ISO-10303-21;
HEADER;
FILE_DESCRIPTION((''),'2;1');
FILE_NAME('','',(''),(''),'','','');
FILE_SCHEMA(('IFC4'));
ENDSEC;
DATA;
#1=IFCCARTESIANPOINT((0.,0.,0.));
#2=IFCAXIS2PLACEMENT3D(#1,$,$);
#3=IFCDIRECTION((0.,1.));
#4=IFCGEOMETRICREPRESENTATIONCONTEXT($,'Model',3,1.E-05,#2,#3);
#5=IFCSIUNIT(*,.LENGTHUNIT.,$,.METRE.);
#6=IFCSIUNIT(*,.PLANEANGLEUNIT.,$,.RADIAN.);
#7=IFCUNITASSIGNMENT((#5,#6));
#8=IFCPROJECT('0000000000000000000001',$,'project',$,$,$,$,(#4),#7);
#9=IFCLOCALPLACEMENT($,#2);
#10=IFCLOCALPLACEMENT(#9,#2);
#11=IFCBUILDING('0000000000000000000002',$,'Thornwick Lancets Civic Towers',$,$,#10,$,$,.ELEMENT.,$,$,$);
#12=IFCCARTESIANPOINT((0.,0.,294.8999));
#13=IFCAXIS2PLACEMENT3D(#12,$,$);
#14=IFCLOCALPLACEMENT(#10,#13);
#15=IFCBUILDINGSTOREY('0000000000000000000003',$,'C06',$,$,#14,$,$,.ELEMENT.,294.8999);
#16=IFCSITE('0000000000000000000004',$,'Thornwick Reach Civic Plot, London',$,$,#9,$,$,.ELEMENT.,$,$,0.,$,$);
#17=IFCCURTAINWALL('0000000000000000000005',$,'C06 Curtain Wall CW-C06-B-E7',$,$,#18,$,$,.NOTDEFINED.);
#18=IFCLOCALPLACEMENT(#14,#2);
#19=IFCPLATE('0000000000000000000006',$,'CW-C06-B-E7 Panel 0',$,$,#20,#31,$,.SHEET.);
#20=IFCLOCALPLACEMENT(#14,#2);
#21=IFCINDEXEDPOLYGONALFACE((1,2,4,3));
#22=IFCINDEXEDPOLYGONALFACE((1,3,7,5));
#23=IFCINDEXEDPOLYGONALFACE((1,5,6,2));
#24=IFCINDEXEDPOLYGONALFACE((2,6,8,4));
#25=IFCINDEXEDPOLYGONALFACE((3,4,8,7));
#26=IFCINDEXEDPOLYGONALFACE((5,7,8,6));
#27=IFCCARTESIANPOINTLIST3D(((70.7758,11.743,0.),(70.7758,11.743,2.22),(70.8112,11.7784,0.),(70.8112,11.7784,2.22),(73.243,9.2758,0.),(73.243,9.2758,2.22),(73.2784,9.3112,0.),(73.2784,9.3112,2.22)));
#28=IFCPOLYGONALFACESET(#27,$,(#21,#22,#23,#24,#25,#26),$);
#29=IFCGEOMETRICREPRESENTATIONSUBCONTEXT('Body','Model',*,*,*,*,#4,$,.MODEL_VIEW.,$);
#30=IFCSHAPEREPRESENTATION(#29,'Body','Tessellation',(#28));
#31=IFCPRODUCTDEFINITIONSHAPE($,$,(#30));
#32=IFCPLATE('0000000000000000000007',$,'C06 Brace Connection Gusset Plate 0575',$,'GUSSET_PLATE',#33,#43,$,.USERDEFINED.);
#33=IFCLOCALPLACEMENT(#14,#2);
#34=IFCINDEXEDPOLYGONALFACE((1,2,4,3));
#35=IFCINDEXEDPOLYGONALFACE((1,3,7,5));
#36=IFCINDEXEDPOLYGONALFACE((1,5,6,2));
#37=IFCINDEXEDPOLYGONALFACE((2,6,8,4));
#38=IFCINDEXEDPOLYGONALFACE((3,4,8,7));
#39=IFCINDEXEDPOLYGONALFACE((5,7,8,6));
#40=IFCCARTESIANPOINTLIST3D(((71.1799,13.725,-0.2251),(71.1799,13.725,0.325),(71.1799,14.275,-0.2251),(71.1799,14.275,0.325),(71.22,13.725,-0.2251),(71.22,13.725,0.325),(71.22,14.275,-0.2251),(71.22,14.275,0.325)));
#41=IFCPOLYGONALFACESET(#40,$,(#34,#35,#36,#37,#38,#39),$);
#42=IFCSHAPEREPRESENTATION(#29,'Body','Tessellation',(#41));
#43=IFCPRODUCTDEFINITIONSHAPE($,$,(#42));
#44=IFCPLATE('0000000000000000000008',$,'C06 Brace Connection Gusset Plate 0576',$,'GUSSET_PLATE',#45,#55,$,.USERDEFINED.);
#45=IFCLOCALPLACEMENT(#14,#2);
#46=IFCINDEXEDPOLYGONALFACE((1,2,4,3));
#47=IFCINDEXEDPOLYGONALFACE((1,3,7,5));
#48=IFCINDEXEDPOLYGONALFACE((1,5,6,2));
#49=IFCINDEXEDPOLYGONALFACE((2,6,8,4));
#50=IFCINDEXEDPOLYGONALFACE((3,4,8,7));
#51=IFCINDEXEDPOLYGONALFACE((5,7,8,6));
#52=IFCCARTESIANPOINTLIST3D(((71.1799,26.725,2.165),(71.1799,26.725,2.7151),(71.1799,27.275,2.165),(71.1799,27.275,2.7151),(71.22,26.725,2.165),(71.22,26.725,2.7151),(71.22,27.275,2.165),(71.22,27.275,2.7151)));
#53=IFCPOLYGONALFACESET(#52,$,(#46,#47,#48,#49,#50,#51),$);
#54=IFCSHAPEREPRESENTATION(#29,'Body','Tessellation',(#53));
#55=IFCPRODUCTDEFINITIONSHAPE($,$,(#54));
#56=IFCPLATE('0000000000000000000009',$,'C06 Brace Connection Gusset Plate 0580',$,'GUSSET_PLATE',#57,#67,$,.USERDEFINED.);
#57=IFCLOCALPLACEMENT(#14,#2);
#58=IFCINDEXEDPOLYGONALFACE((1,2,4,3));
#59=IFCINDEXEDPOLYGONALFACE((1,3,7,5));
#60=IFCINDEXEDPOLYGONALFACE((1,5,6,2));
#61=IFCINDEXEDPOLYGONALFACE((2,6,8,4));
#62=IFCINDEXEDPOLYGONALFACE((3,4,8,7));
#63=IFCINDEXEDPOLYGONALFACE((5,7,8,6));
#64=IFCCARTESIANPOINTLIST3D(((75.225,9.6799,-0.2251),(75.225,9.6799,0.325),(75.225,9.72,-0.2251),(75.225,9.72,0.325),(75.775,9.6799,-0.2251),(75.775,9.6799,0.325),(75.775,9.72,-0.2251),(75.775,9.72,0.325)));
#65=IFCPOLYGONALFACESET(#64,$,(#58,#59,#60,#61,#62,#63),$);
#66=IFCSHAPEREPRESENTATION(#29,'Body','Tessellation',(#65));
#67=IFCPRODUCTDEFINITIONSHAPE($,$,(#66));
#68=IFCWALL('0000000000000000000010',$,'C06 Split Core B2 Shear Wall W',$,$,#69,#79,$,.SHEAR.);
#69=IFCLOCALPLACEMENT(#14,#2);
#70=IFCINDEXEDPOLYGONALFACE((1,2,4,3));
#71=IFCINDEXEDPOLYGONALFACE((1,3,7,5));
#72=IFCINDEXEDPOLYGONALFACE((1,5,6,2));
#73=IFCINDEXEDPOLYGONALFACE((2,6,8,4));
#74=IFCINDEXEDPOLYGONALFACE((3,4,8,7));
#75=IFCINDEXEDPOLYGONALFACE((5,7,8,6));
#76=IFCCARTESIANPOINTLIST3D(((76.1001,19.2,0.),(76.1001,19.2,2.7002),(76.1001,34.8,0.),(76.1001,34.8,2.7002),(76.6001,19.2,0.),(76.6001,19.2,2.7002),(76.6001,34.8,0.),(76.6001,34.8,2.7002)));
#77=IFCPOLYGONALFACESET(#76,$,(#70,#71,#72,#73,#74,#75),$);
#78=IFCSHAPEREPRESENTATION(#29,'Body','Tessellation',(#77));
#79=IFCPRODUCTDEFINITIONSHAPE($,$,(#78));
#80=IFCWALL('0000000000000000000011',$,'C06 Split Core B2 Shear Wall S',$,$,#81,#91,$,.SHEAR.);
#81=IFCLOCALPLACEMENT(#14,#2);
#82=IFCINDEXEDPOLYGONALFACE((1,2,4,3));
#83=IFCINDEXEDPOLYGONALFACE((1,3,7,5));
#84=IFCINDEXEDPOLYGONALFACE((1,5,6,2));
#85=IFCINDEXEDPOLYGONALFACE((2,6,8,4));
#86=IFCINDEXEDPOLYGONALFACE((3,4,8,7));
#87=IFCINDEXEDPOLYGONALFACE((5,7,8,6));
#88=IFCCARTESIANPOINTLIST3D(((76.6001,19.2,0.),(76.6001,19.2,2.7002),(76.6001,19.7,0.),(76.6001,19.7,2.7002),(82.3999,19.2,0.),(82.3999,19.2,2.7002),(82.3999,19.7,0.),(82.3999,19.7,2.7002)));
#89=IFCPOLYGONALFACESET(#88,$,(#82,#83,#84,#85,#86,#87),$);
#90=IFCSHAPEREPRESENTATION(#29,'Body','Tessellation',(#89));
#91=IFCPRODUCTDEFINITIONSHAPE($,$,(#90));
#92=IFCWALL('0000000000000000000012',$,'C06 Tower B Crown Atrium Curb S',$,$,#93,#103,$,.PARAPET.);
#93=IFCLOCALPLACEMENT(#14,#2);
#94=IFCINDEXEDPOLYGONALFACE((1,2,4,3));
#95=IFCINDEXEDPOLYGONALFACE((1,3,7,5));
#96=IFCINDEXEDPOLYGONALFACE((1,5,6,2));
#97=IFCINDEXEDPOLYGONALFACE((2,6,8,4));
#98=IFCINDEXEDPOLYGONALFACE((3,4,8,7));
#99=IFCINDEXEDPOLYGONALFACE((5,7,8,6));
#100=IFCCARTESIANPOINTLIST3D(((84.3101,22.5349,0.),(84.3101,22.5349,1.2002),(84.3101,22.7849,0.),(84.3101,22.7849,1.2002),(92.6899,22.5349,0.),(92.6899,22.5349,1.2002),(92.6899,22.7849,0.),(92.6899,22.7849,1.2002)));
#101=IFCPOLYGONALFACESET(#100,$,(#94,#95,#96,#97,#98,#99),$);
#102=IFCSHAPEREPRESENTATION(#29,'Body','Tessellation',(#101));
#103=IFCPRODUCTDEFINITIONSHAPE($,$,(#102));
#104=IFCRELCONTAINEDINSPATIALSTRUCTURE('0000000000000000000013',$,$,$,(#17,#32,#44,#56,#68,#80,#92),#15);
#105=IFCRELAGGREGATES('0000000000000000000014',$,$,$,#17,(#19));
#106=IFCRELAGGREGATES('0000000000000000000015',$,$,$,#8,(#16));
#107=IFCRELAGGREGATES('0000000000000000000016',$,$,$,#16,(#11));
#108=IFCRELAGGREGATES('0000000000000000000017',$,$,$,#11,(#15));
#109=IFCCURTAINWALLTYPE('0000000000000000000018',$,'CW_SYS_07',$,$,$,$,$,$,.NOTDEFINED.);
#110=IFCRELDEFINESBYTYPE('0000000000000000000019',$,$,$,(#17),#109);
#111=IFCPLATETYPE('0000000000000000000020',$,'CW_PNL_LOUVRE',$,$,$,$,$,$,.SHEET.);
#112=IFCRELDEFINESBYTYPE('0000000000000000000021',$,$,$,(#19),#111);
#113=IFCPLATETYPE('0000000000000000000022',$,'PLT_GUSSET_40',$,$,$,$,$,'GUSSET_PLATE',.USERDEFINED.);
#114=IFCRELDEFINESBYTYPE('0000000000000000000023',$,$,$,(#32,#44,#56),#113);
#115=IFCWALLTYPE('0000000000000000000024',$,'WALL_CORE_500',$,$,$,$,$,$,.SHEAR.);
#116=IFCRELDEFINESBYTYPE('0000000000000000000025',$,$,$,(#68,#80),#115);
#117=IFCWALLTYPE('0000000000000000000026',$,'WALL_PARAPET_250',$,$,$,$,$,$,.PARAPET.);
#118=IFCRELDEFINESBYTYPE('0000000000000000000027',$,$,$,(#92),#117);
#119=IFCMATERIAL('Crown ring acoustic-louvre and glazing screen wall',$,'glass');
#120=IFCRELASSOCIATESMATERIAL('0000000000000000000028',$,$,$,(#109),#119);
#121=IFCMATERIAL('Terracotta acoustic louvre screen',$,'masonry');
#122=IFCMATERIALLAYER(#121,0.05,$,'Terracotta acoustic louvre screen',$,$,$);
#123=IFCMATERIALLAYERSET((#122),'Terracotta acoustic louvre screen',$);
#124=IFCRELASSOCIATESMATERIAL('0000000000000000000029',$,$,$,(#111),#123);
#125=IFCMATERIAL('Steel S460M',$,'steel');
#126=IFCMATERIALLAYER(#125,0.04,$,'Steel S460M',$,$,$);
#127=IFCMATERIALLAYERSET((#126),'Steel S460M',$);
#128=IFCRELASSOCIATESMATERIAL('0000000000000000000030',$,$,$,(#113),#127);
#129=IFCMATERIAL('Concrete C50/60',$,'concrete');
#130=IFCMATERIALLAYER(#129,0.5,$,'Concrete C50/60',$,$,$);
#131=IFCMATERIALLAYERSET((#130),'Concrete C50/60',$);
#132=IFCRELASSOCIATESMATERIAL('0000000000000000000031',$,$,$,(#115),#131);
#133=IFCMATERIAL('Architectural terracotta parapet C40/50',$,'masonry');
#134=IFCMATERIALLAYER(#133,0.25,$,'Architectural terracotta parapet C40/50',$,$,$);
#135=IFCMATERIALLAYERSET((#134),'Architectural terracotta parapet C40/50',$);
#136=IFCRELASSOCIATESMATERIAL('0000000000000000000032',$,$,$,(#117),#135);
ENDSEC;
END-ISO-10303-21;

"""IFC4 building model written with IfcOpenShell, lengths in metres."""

from ifc_helpers import new_model, si_unit, direction, frame, frame_2d, origin, origin_2d, place, context, subcontext, project, spatial, rectangle, extrude, material, layer, layer_set, type_object, element, aggregate, save


model = new_model("IFC4")

# Units and contexts
model_context = context("Model", 3, precision=1e-05, world=origin(), true_north=direction((0.0, 1.0)))
body_context = subcontext(model_context, "Body", "Model", "MODEL_VIEW")
ifc_project = project(units=[si_unit("LENGTHUNIT", "METRE"), si_unit("PLANEANGLEUNIT", "RADIAN")], contexts=[model_context])

# Site, building, storey
site_placement = place(None, origin())
site = spatial("IfcSite", under=ifc_project, at=site_placement, Name="Thornwick Reach Civic Plot, London", CompositionType="ELEMENT", RefElevation=0.0)
building_placement = place(site_placement, origin())
building = spatial("IfcBuilding", under=site, at=building_placement, Name="Thornwick Lancets Civic Towers", CompositionType="ELEMENT")
storey_placement = place(building_placement, frame((0.0, 0.0, 294.8999)))
storey = spatial("IfcBuildingStorey", under=building, at=storey_placement, Name="C06", CompositionType="ELEMENT", Elevation=294.8999)

# Curtain wall
ifc_material_1 = material(Name="Crown ring acoustic-louvre and glazing screen wall", Category="glass")
curtain_wall_type = type_object("IfcCurtainWallType", Name="CW_SYS_07", PredefinedType="NOTDEFINED", material=ifc_material_1)
curtain_wall_1_placement = place(storey_placement, origin())
curtain_wall_1 = element("IfcCurtainWall", 1, at=curtain_wall_1_placement, inside=storey, type_object=curtain_wall_type, Name="C06 Curtain Wall CW-C06-B-E7", PredefinedType="NOTDEFINED")

# Plate
ifc_material_2 = material(Name="Terracotta acoustic louvre screen", Category="masonry")
ifc_layer_1 = layer(ifc_material_2, 0.05, Name="Terracotta acoustic louvre screen")
ifc_layer_set_1 = layer_set([ifc_layer_1], Name="Terracotta acoustic louvre screen")
plate_type_1 = type_object("IfcPlateType", Name="CW_PNL_LOUVRE", PredefinedType="SHEET", material=ifc_layer_set_1)
plate_1_placement = place(storey_placement, frame((72.0271, 10.5271, 0.0), z_axis=(0.0, 0.0, 1.0), x_axis=(0.707107, -0.707107, 0.0)))
plate_1 = element("IfcPlate", 2, at=plate_1_placement, type_object=plate_type_1, Name="CW-C06-B-E7 Panel 0", PredefinedType="SHEET", context=body_context, shape_type="SweptSolid", body=[
    extrude(rectangle(XDim=3.4893, YDim=0.05, at=origin_2d()), origin(), (0.0, 0.0, 1.0), 2.22),
])
aggregate(curtain_wall_1, [plate_1])

# Plates
ifc_material_3 = material(Name="Steel S460M", Category="steel")
ifc_layer_2 = layer(ifc_material_3, 0.04, Name="Steel S460M")
ifc_layer_set_2 = layer_set([ifc_layer_2], Name="Steel S460M")
plate_type_2 = type_object("IfcPlateType", Name="PLT_GUSSET_40", ElementType="GUSSET_PLATE", PredefinedType="USERDEFINED", material=ifc_layer_set_2)
for number, where, z_axis, x_axis, name in (
    (3, (71.2, 14.0, -0.2251), (0.0, 0.0, 1.0), (0.0, 1.0, 0.0), "C06 Brace Connection Gusset Plate 0575"),
    (4, (71.2, 27.0, 2.165), (0.0, 0.0, 1.0), (0.0, 1.0, 0.0), "C06 Brace Connection Gusset Plate 0576"),
    (5, (75.5, 9.7, -0.2251), (0.0, 0.0, 1.0), (1.0, 0.0, 0.0), "C06 Brace Connection Gusset Plate 0580"),
):
    element("IfcPlate", number, at=place(storey_placement, frame(where, z_axis=z_axis, x_axis=x_axis)), inside=storey, type_object=plate_type_2, Name=name, ObjectType="GUSSET_PLATE", PredefinedType="USERDEFINED", context=body_context, shape_type="SweptSolid", body=[
        extrude(rectangle(XDim=0.55, YDim=0.04, at=origin_2d()), origin(), (0.0, 0.0, 1.0), 0.55),
    ])

# Walls
ifc_material_4 = material(Name="Concrete C50/60", Category="concrete")
ifc_layer_3 = layer(ifc_material_4, 0.5, Name="Concrete C50/60")
ifc_layer_set_3 = layer_set([ifc_layer_3], Name="Concrete C50/60")
wall_type_1 = type_object("IfcWallType", Name="WALL_CORE_500", PredefinedType="SHEAR", material=ifc_layer_set_3)
wall_1_placement = place(storey_placement, frame((76.3501, 19.2, 0.0), z_axis=(0.0, 0.0, 1.0), x_axis=(0.0, 1.0, 0.0)))
element("IfcWall", 6, at=wall_1_placement, inside=storey, type_object=wall_type_1, Name="C06 Split Core B2 Shear Wall W", PredefinedType="SHEAR", context=body_context, shape_type="SweptSolid", body=[
    extrude(rectangle(XDim=15.6001, YDim=0.5, at=frame_2d((7.8, 0.0))), origin(), (0.0, 0.0, 1.0), 2.7002),
])
wall_2_placement = place(storey_placement, frame((76.6001, 19.45, 0.0), z_axis=(0.0, 0.0, 1.0), x_axis=(1.0, 0.0, 0.0)))
element("IfcWall", 7, at=wall_2_placement, inside=storey, type_object=wall_type_1, Name="C06 Split Core B2 Shear Wall S", PredefinedType="SHEAR", context=body_context, shape_type="SweptSolid", body=[
    extrude(rectangle(XDim=5.7998, YDim=0.5, at=frame_2d((2.8999, 0.0))), origin(), (0.0, 0.0, 1.0), 2.7002),
])
ifc_material_5 = material(Name="Architectural terracotta parapet C40/50", Category="masonry")
ifc_layer_4 = layer(ifc_material_5, 0.25, Name="Architectural terracotta parapet C40/50")
ifc_layer_set_4 = layer_set([ifc_layer_4], Name="Architectural terracotta parapet C40/50")
wall_type_2 = type_object("IfcWallType", Name="WALL_PARAPET_250", PredefinedType="PARAPET", material=ifc_layer_set_4)
wall_3_placement = place(storey_placement, frame((84.3101, 22.6599, 0.0), z_axis=(0.0, 0.0, 1.0), x_axis=(1.0, 0.0, 0.0)))
element("IfcWall", 8, at=wall_3_placement, inside=storey, type_object=wall_type_2, Name="C06 Tower B Crown Atrium Curb S", PredefinedType="PARAPET", context=body_context, shape_type="SweptSolid", body=[
    extrude(rectangle(XDim=8.3799, YDim=0.25, at=frame_2d((4.1899, 0.0))), origin(), (0.0, 0.0, 1.0), 1.2002),
])

save(model, "model.ifc")
